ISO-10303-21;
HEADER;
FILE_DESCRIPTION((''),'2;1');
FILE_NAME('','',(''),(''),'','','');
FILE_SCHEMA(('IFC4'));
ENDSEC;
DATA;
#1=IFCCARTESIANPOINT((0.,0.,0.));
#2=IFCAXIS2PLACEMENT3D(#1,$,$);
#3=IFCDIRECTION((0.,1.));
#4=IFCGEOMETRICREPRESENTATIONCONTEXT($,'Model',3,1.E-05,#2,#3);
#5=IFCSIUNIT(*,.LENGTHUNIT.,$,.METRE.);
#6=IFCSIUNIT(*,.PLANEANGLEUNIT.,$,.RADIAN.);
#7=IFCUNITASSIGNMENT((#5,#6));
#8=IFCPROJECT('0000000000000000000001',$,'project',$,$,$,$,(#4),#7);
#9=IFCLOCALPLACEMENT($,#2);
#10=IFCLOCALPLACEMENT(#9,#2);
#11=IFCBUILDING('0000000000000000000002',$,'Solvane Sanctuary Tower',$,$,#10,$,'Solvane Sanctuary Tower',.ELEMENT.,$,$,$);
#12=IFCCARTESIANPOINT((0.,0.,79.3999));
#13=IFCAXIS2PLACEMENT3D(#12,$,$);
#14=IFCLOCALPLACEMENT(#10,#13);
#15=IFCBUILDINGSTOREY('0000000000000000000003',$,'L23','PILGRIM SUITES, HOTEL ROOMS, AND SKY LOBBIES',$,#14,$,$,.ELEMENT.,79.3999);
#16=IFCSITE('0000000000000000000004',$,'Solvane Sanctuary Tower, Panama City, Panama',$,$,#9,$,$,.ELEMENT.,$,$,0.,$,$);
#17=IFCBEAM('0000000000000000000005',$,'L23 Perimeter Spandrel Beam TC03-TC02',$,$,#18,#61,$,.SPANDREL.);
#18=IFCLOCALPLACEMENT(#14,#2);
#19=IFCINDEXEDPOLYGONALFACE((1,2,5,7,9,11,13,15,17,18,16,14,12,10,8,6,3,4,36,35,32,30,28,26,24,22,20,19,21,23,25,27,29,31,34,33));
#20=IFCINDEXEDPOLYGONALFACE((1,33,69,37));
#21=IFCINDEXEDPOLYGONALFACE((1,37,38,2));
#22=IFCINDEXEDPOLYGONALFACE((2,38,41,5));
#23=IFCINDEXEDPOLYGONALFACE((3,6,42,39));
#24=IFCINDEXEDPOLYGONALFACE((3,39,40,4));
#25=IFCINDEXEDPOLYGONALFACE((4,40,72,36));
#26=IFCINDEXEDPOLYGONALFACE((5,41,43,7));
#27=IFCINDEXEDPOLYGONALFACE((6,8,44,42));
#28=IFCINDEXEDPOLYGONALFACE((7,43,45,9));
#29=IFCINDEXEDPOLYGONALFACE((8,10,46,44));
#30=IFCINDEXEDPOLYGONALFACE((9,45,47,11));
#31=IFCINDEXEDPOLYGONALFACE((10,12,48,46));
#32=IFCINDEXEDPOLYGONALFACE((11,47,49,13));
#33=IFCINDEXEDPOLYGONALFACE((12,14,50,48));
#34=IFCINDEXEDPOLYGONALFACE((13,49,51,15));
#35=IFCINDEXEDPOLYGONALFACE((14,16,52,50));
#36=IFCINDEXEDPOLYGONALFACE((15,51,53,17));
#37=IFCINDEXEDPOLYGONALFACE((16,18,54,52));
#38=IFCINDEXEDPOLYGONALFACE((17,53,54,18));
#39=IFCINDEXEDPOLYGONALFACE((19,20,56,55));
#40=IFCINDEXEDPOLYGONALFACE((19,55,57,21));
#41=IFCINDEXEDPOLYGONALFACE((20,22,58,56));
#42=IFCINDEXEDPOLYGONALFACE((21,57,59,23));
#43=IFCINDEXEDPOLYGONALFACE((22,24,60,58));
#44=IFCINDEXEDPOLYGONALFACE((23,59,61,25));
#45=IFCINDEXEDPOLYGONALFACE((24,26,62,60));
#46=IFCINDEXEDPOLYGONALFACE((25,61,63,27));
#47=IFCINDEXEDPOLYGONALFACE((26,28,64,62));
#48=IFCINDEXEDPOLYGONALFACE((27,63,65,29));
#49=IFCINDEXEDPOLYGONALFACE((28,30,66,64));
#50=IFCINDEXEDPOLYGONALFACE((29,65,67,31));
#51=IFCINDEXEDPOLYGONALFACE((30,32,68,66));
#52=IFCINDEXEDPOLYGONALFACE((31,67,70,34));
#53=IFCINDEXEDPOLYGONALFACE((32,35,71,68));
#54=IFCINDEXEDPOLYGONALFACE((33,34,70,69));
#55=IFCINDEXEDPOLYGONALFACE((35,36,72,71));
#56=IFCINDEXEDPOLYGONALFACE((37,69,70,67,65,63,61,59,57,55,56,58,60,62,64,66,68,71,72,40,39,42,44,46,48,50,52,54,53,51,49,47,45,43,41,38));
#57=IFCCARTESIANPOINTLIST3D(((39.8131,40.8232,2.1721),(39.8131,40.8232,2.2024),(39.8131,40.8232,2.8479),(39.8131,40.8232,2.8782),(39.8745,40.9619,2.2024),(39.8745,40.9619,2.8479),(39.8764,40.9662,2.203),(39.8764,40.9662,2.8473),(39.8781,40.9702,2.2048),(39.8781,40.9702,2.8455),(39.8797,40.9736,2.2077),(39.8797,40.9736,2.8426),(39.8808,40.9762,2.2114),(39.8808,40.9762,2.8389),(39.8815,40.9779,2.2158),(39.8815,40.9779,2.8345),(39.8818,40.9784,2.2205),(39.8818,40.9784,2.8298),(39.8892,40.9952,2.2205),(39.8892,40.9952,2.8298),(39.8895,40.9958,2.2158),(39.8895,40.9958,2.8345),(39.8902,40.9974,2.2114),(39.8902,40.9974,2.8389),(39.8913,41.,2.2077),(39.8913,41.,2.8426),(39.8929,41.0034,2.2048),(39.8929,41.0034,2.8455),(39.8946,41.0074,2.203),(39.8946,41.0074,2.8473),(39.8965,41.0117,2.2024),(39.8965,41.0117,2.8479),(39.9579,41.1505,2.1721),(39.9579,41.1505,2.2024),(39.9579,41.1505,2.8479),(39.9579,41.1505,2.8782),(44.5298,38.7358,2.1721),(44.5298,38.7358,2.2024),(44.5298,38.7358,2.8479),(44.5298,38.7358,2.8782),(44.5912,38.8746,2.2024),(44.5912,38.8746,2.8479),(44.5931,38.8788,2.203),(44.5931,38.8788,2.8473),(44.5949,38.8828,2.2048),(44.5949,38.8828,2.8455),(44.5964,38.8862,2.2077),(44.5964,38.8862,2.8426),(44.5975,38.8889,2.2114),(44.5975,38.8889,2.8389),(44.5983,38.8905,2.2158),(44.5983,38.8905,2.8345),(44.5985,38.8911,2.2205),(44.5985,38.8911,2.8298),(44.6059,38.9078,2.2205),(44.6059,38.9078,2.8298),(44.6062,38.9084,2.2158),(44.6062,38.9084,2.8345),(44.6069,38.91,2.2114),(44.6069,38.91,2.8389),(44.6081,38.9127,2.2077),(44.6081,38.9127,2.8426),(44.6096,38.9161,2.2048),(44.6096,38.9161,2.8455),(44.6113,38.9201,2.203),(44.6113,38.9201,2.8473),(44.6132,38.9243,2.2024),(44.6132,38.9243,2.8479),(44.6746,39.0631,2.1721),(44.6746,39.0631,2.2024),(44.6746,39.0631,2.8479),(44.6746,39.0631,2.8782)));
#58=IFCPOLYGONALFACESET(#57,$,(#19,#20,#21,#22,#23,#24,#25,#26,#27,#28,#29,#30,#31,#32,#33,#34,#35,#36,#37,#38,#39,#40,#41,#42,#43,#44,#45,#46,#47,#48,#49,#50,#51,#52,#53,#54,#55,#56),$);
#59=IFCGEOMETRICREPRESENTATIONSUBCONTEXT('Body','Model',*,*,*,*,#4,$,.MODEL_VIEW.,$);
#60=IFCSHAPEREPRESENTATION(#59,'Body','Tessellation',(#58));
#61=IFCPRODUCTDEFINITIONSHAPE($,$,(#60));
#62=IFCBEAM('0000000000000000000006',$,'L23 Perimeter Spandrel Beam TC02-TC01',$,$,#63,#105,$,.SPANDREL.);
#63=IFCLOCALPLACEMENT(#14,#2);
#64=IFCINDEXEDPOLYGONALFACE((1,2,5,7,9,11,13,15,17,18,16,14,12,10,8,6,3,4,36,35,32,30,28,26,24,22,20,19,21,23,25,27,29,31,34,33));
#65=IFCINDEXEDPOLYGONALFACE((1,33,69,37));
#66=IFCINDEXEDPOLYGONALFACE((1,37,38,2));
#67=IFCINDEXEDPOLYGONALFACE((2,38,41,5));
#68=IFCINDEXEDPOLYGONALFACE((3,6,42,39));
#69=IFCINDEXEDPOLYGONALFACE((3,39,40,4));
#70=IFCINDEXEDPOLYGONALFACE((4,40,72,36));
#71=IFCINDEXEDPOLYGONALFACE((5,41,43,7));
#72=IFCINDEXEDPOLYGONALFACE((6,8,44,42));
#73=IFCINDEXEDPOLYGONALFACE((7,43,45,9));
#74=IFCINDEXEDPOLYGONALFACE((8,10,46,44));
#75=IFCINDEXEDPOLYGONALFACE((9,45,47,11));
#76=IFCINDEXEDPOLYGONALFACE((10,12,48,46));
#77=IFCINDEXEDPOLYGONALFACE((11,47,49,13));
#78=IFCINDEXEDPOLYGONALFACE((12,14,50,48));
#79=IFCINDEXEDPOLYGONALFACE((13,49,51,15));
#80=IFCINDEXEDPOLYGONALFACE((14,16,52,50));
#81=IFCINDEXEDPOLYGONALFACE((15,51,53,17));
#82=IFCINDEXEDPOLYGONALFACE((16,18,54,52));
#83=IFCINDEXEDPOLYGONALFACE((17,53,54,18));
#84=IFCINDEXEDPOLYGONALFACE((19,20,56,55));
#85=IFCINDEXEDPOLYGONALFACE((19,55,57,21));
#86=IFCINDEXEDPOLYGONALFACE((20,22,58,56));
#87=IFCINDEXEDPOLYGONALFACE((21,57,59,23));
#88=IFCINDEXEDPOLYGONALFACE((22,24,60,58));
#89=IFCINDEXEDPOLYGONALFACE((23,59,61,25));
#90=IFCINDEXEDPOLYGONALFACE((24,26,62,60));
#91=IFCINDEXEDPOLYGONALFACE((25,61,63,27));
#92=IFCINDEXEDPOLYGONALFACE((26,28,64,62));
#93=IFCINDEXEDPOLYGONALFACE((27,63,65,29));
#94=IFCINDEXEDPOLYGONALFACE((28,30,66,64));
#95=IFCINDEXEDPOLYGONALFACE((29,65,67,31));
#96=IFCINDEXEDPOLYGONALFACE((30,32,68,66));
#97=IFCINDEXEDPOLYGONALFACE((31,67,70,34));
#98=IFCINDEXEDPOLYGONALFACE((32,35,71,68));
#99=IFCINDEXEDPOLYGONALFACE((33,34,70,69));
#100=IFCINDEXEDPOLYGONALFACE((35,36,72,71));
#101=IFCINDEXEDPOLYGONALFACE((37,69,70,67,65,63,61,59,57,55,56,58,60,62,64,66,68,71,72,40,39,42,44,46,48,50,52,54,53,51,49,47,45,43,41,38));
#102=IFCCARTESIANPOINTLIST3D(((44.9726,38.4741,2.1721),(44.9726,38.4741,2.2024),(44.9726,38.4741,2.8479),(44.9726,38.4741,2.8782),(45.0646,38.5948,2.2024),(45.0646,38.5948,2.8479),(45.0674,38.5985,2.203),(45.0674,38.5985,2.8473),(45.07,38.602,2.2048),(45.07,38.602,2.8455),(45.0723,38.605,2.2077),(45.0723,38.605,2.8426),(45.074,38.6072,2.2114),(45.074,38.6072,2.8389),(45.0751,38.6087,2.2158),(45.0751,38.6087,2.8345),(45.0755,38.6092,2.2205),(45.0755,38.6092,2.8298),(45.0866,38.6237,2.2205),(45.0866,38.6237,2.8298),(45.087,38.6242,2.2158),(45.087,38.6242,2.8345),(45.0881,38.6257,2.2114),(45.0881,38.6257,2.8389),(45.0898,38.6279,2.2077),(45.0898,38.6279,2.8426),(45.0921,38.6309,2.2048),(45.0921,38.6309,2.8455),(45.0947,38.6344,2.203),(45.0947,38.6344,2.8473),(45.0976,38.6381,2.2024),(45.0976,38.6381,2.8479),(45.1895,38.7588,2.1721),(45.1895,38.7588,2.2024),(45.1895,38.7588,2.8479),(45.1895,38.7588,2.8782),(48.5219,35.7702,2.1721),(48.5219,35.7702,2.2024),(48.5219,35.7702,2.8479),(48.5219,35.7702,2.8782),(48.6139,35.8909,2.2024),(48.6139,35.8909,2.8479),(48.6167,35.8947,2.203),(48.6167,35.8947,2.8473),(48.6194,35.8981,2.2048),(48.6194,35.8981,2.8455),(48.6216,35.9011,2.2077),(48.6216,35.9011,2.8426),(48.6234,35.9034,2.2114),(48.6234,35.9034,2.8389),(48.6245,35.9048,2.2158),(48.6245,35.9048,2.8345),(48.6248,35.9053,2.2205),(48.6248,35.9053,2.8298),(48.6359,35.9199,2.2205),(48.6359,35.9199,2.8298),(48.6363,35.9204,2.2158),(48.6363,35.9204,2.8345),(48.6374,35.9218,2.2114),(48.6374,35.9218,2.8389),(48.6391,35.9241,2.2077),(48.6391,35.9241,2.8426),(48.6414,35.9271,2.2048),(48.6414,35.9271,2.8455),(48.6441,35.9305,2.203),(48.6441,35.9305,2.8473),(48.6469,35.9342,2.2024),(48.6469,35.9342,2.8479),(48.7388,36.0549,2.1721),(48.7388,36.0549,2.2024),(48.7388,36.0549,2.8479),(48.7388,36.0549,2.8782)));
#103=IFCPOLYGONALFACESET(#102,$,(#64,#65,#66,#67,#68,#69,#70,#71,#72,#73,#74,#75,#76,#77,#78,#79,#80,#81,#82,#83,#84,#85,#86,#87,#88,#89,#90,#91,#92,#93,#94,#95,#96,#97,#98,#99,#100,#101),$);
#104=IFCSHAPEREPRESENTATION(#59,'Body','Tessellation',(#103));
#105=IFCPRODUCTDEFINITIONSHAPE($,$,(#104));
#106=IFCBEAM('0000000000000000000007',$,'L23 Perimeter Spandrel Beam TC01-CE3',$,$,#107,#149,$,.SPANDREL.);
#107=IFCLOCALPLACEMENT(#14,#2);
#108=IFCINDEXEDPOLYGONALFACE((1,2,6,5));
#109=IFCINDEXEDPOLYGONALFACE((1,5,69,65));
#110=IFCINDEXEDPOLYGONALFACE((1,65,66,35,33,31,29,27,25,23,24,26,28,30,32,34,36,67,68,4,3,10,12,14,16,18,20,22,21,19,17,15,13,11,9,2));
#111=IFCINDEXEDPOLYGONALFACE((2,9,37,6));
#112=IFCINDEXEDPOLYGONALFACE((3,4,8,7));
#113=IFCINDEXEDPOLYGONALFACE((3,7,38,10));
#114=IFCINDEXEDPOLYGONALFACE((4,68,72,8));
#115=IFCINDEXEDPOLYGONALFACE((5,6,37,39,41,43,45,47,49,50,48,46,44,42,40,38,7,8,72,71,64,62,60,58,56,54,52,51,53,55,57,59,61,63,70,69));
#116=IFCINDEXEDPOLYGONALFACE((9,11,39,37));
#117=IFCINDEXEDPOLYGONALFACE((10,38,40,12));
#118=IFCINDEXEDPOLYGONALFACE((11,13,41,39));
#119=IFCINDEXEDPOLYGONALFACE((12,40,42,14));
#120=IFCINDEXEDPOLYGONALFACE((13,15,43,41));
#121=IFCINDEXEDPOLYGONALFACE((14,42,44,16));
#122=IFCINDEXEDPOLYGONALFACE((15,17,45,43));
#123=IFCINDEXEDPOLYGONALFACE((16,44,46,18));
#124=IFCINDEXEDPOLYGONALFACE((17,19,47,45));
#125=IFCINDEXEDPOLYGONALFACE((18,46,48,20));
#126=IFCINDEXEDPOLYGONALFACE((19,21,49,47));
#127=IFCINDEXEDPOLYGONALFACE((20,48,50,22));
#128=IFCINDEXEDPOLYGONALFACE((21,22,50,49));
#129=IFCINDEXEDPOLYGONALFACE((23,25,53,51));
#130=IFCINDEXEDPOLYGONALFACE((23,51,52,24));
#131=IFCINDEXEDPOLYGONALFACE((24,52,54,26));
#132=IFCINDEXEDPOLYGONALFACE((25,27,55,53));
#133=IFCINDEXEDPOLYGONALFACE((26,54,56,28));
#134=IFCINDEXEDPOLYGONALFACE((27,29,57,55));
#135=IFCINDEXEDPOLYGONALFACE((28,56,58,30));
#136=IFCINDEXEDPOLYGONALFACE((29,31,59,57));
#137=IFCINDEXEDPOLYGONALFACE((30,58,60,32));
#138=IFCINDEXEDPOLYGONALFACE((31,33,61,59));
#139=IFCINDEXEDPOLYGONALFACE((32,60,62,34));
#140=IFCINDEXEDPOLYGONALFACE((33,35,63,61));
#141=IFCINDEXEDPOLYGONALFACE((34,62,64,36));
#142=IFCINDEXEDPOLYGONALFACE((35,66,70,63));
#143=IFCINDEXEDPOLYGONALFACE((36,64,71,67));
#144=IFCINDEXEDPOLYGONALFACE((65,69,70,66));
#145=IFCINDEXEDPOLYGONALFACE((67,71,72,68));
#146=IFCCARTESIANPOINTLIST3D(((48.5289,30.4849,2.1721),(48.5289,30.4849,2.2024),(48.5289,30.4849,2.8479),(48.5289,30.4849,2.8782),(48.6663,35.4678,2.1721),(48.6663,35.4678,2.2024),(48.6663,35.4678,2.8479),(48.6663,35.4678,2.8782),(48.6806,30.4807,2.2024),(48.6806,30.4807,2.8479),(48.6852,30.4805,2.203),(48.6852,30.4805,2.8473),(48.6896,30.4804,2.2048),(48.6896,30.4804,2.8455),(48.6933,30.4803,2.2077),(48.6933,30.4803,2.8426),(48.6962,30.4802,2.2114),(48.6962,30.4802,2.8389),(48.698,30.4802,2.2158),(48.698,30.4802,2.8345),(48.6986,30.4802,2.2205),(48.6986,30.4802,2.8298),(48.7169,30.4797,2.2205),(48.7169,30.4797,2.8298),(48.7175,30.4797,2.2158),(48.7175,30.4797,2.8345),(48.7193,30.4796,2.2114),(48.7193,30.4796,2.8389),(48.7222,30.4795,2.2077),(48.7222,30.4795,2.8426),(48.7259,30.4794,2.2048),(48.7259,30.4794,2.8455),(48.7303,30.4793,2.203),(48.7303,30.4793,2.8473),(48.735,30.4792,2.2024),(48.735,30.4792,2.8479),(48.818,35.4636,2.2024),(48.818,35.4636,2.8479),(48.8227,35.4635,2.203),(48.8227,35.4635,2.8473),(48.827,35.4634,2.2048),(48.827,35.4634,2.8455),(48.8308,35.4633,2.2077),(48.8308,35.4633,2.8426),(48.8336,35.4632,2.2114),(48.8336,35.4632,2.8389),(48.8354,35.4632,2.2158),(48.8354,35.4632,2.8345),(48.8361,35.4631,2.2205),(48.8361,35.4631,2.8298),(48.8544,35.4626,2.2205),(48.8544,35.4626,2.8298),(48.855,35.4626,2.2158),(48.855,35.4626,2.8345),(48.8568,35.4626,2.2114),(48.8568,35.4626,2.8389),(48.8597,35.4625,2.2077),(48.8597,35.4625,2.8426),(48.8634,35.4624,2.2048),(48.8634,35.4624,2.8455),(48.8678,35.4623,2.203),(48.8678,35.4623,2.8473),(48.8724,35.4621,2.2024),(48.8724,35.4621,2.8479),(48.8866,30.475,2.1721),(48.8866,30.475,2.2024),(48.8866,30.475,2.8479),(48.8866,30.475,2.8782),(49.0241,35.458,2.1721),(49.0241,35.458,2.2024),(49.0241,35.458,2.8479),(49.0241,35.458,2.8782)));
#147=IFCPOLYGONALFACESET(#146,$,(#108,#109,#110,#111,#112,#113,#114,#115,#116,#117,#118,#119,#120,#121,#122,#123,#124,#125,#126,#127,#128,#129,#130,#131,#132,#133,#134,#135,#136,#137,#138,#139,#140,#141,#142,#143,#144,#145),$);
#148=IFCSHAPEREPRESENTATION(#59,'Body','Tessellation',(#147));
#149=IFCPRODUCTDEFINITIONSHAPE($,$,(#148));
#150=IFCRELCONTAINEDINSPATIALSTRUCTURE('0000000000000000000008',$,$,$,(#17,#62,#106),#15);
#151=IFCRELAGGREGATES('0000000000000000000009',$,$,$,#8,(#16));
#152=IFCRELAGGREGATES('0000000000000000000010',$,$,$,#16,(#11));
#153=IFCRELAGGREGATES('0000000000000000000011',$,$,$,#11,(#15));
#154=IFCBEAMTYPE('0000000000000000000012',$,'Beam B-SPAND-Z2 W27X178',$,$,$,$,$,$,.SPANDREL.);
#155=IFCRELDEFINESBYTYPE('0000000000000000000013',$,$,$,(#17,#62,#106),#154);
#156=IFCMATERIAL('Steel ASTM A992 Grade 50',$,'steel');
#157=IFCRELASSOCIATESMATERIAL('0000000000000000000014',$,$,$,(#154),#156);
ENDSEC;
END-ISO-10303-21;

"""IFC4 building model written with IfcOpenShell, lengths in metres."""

from ifc_helpers import new_model, si_unit, direction, frame, origin, origin_2d, place, context, subcontext, project, spatial, i_section, extrude, material, material_profile, profile_set, type_object, element, save


model = new_model("IFC4")

# Units and contexts
model_context = context("Model", 3, precision=1e-05, world=origin(), true_north=direction((0.0, 1.0)))
body_context = subcontext(model_context, "Body", "Model", "MODEL_VIEW")
ifc_project = project(units=[si_unit("LENGTHUNIT", "METRE"), si_unit("PLANEANGLEUNIT", "RADIAN")], contexts=[model_context])

# Site, building, storey
site_placement = place(None, origin())
site = spatial("IfcSite", under=ifc_project, at=site_placement, Name="Solvane Sanctuary Tower, Panama City, Panama", CompositionType="ELEMENT", RefElevation=0.0)
building_placement = place(site_placement, origin())
building = spatial("IfcBuilding", under=site, at=building_placement, Name="Solvane Sanctuary Tower", LongName="Solvane Sanctuary Tower", CompositionType="ELEMENT")
storey_placement = place(building_placement, frame((0.0, 0.0, 79.3999)))
storey = spatial("IfcBuildingStorey", under=building, at=storey_placement, Name="L23", Description="PILGRIM SUITES, HOTEL ROOMS, AND SKY LOBBIES", CompositionType="ELEMENT", Elevation=79.3999)

# Beams
ifc_material_1 = material(Name="Steel ASTM A992 Grade 50", Category="steel")
ifc_material_profile_1 = material_profile(ifc_material_1, i_section(OverallWidth=0.3579, OverallDepth=0.7061, WebThickness=0.0183, FlangeThickness=0.0303, FilletRadius=0.0181, at=origin_2d()), Name="W27X178")
ifc_profile_set_1 = profile_set([ifc_material_profile_1], Name="Steel ASTM A992 Grade 50")
beam_type_1 = type_object("IfcBeamType", Name="Beam B-SPAND-Z2 W27X178", PredefinedType="SPANDREL", material=ifc_profile_set_1)
beam_1_placement = place(storey_placement, frame((39.8855, 40.9868, 2.5251), z_axis=(0.914455, -0.404689, 0.0), x_axis=(0.404689, 0.914455, 0.0)))
element("IfcBeam", 1, at=beam_1_placement, inside=storey, type_object=beam_type_1, Name="L23 Perimeter Spandrel Beam TC03-TC02", PredefinedType="SPANDREL", context=body_context, shape_type="SweptSolid", body=[
    extrude(i_section(OverallWidth=0.3579, OverallDepth=0.7061, WebThickness=0.0183, FlangeThickness=0.0303, FilletRadius=0.0181, at=origin_2d()), origin(), (0.0, 0.0, 1.0), 5.158),
])
beam_2_placement = place(storey_placement, frame((45.0811, 38.6165, 2.5251), z_axis=(0.795473, -0.605989, 0.0), x_axis=(0.605989, 0.795473, 0.0)))
element("IfcBeam", 2, at=beam_2_placement, inside=storey, type_object=beam_type_1, Name="L23 Perimeter Spandrel Beam TC02-TC01", PredefinedType="SPANDREL", context=body_context, shape_type="SweptSolid", body=[
    extrude(i_section(OverallWidth=0.3579, OverallDepth=0.7061, WebThickness=0.0183, FlangeThickness=0.0303, FilletRadius=0.0181, at=origin_2d()), origin(), (0.0, 0.0, 1.0), 4.4619),
])
beam_3_placement = place(storey_placement, frame((48.8452, 35.4629, 2.5251), z_axis=(-0.027574, -0.99962, 0.0), x_axis=(0.99962, -0.027574, 0.0)))
element("IfcBeam", 3, at=beam_3_placement, inside=storey, type_object=beam_type_1, Name="L23 Perimeter Spandrel Beam TC01-CE3", PredefinedType="SPANDREL", context=body_context, shape_type="SweptSolid", body=[
    extrude(i_section(OverallWidth=0.3579, OverallDepth=0.7061, WebThickness=0.0183, FlangeThickness=0.0303, FilletRadius=0.0181, at=origin_2d()), origin(), (0.0, 0.0, 1.0), 4.9849),
])

save(model, "model.ifc")
